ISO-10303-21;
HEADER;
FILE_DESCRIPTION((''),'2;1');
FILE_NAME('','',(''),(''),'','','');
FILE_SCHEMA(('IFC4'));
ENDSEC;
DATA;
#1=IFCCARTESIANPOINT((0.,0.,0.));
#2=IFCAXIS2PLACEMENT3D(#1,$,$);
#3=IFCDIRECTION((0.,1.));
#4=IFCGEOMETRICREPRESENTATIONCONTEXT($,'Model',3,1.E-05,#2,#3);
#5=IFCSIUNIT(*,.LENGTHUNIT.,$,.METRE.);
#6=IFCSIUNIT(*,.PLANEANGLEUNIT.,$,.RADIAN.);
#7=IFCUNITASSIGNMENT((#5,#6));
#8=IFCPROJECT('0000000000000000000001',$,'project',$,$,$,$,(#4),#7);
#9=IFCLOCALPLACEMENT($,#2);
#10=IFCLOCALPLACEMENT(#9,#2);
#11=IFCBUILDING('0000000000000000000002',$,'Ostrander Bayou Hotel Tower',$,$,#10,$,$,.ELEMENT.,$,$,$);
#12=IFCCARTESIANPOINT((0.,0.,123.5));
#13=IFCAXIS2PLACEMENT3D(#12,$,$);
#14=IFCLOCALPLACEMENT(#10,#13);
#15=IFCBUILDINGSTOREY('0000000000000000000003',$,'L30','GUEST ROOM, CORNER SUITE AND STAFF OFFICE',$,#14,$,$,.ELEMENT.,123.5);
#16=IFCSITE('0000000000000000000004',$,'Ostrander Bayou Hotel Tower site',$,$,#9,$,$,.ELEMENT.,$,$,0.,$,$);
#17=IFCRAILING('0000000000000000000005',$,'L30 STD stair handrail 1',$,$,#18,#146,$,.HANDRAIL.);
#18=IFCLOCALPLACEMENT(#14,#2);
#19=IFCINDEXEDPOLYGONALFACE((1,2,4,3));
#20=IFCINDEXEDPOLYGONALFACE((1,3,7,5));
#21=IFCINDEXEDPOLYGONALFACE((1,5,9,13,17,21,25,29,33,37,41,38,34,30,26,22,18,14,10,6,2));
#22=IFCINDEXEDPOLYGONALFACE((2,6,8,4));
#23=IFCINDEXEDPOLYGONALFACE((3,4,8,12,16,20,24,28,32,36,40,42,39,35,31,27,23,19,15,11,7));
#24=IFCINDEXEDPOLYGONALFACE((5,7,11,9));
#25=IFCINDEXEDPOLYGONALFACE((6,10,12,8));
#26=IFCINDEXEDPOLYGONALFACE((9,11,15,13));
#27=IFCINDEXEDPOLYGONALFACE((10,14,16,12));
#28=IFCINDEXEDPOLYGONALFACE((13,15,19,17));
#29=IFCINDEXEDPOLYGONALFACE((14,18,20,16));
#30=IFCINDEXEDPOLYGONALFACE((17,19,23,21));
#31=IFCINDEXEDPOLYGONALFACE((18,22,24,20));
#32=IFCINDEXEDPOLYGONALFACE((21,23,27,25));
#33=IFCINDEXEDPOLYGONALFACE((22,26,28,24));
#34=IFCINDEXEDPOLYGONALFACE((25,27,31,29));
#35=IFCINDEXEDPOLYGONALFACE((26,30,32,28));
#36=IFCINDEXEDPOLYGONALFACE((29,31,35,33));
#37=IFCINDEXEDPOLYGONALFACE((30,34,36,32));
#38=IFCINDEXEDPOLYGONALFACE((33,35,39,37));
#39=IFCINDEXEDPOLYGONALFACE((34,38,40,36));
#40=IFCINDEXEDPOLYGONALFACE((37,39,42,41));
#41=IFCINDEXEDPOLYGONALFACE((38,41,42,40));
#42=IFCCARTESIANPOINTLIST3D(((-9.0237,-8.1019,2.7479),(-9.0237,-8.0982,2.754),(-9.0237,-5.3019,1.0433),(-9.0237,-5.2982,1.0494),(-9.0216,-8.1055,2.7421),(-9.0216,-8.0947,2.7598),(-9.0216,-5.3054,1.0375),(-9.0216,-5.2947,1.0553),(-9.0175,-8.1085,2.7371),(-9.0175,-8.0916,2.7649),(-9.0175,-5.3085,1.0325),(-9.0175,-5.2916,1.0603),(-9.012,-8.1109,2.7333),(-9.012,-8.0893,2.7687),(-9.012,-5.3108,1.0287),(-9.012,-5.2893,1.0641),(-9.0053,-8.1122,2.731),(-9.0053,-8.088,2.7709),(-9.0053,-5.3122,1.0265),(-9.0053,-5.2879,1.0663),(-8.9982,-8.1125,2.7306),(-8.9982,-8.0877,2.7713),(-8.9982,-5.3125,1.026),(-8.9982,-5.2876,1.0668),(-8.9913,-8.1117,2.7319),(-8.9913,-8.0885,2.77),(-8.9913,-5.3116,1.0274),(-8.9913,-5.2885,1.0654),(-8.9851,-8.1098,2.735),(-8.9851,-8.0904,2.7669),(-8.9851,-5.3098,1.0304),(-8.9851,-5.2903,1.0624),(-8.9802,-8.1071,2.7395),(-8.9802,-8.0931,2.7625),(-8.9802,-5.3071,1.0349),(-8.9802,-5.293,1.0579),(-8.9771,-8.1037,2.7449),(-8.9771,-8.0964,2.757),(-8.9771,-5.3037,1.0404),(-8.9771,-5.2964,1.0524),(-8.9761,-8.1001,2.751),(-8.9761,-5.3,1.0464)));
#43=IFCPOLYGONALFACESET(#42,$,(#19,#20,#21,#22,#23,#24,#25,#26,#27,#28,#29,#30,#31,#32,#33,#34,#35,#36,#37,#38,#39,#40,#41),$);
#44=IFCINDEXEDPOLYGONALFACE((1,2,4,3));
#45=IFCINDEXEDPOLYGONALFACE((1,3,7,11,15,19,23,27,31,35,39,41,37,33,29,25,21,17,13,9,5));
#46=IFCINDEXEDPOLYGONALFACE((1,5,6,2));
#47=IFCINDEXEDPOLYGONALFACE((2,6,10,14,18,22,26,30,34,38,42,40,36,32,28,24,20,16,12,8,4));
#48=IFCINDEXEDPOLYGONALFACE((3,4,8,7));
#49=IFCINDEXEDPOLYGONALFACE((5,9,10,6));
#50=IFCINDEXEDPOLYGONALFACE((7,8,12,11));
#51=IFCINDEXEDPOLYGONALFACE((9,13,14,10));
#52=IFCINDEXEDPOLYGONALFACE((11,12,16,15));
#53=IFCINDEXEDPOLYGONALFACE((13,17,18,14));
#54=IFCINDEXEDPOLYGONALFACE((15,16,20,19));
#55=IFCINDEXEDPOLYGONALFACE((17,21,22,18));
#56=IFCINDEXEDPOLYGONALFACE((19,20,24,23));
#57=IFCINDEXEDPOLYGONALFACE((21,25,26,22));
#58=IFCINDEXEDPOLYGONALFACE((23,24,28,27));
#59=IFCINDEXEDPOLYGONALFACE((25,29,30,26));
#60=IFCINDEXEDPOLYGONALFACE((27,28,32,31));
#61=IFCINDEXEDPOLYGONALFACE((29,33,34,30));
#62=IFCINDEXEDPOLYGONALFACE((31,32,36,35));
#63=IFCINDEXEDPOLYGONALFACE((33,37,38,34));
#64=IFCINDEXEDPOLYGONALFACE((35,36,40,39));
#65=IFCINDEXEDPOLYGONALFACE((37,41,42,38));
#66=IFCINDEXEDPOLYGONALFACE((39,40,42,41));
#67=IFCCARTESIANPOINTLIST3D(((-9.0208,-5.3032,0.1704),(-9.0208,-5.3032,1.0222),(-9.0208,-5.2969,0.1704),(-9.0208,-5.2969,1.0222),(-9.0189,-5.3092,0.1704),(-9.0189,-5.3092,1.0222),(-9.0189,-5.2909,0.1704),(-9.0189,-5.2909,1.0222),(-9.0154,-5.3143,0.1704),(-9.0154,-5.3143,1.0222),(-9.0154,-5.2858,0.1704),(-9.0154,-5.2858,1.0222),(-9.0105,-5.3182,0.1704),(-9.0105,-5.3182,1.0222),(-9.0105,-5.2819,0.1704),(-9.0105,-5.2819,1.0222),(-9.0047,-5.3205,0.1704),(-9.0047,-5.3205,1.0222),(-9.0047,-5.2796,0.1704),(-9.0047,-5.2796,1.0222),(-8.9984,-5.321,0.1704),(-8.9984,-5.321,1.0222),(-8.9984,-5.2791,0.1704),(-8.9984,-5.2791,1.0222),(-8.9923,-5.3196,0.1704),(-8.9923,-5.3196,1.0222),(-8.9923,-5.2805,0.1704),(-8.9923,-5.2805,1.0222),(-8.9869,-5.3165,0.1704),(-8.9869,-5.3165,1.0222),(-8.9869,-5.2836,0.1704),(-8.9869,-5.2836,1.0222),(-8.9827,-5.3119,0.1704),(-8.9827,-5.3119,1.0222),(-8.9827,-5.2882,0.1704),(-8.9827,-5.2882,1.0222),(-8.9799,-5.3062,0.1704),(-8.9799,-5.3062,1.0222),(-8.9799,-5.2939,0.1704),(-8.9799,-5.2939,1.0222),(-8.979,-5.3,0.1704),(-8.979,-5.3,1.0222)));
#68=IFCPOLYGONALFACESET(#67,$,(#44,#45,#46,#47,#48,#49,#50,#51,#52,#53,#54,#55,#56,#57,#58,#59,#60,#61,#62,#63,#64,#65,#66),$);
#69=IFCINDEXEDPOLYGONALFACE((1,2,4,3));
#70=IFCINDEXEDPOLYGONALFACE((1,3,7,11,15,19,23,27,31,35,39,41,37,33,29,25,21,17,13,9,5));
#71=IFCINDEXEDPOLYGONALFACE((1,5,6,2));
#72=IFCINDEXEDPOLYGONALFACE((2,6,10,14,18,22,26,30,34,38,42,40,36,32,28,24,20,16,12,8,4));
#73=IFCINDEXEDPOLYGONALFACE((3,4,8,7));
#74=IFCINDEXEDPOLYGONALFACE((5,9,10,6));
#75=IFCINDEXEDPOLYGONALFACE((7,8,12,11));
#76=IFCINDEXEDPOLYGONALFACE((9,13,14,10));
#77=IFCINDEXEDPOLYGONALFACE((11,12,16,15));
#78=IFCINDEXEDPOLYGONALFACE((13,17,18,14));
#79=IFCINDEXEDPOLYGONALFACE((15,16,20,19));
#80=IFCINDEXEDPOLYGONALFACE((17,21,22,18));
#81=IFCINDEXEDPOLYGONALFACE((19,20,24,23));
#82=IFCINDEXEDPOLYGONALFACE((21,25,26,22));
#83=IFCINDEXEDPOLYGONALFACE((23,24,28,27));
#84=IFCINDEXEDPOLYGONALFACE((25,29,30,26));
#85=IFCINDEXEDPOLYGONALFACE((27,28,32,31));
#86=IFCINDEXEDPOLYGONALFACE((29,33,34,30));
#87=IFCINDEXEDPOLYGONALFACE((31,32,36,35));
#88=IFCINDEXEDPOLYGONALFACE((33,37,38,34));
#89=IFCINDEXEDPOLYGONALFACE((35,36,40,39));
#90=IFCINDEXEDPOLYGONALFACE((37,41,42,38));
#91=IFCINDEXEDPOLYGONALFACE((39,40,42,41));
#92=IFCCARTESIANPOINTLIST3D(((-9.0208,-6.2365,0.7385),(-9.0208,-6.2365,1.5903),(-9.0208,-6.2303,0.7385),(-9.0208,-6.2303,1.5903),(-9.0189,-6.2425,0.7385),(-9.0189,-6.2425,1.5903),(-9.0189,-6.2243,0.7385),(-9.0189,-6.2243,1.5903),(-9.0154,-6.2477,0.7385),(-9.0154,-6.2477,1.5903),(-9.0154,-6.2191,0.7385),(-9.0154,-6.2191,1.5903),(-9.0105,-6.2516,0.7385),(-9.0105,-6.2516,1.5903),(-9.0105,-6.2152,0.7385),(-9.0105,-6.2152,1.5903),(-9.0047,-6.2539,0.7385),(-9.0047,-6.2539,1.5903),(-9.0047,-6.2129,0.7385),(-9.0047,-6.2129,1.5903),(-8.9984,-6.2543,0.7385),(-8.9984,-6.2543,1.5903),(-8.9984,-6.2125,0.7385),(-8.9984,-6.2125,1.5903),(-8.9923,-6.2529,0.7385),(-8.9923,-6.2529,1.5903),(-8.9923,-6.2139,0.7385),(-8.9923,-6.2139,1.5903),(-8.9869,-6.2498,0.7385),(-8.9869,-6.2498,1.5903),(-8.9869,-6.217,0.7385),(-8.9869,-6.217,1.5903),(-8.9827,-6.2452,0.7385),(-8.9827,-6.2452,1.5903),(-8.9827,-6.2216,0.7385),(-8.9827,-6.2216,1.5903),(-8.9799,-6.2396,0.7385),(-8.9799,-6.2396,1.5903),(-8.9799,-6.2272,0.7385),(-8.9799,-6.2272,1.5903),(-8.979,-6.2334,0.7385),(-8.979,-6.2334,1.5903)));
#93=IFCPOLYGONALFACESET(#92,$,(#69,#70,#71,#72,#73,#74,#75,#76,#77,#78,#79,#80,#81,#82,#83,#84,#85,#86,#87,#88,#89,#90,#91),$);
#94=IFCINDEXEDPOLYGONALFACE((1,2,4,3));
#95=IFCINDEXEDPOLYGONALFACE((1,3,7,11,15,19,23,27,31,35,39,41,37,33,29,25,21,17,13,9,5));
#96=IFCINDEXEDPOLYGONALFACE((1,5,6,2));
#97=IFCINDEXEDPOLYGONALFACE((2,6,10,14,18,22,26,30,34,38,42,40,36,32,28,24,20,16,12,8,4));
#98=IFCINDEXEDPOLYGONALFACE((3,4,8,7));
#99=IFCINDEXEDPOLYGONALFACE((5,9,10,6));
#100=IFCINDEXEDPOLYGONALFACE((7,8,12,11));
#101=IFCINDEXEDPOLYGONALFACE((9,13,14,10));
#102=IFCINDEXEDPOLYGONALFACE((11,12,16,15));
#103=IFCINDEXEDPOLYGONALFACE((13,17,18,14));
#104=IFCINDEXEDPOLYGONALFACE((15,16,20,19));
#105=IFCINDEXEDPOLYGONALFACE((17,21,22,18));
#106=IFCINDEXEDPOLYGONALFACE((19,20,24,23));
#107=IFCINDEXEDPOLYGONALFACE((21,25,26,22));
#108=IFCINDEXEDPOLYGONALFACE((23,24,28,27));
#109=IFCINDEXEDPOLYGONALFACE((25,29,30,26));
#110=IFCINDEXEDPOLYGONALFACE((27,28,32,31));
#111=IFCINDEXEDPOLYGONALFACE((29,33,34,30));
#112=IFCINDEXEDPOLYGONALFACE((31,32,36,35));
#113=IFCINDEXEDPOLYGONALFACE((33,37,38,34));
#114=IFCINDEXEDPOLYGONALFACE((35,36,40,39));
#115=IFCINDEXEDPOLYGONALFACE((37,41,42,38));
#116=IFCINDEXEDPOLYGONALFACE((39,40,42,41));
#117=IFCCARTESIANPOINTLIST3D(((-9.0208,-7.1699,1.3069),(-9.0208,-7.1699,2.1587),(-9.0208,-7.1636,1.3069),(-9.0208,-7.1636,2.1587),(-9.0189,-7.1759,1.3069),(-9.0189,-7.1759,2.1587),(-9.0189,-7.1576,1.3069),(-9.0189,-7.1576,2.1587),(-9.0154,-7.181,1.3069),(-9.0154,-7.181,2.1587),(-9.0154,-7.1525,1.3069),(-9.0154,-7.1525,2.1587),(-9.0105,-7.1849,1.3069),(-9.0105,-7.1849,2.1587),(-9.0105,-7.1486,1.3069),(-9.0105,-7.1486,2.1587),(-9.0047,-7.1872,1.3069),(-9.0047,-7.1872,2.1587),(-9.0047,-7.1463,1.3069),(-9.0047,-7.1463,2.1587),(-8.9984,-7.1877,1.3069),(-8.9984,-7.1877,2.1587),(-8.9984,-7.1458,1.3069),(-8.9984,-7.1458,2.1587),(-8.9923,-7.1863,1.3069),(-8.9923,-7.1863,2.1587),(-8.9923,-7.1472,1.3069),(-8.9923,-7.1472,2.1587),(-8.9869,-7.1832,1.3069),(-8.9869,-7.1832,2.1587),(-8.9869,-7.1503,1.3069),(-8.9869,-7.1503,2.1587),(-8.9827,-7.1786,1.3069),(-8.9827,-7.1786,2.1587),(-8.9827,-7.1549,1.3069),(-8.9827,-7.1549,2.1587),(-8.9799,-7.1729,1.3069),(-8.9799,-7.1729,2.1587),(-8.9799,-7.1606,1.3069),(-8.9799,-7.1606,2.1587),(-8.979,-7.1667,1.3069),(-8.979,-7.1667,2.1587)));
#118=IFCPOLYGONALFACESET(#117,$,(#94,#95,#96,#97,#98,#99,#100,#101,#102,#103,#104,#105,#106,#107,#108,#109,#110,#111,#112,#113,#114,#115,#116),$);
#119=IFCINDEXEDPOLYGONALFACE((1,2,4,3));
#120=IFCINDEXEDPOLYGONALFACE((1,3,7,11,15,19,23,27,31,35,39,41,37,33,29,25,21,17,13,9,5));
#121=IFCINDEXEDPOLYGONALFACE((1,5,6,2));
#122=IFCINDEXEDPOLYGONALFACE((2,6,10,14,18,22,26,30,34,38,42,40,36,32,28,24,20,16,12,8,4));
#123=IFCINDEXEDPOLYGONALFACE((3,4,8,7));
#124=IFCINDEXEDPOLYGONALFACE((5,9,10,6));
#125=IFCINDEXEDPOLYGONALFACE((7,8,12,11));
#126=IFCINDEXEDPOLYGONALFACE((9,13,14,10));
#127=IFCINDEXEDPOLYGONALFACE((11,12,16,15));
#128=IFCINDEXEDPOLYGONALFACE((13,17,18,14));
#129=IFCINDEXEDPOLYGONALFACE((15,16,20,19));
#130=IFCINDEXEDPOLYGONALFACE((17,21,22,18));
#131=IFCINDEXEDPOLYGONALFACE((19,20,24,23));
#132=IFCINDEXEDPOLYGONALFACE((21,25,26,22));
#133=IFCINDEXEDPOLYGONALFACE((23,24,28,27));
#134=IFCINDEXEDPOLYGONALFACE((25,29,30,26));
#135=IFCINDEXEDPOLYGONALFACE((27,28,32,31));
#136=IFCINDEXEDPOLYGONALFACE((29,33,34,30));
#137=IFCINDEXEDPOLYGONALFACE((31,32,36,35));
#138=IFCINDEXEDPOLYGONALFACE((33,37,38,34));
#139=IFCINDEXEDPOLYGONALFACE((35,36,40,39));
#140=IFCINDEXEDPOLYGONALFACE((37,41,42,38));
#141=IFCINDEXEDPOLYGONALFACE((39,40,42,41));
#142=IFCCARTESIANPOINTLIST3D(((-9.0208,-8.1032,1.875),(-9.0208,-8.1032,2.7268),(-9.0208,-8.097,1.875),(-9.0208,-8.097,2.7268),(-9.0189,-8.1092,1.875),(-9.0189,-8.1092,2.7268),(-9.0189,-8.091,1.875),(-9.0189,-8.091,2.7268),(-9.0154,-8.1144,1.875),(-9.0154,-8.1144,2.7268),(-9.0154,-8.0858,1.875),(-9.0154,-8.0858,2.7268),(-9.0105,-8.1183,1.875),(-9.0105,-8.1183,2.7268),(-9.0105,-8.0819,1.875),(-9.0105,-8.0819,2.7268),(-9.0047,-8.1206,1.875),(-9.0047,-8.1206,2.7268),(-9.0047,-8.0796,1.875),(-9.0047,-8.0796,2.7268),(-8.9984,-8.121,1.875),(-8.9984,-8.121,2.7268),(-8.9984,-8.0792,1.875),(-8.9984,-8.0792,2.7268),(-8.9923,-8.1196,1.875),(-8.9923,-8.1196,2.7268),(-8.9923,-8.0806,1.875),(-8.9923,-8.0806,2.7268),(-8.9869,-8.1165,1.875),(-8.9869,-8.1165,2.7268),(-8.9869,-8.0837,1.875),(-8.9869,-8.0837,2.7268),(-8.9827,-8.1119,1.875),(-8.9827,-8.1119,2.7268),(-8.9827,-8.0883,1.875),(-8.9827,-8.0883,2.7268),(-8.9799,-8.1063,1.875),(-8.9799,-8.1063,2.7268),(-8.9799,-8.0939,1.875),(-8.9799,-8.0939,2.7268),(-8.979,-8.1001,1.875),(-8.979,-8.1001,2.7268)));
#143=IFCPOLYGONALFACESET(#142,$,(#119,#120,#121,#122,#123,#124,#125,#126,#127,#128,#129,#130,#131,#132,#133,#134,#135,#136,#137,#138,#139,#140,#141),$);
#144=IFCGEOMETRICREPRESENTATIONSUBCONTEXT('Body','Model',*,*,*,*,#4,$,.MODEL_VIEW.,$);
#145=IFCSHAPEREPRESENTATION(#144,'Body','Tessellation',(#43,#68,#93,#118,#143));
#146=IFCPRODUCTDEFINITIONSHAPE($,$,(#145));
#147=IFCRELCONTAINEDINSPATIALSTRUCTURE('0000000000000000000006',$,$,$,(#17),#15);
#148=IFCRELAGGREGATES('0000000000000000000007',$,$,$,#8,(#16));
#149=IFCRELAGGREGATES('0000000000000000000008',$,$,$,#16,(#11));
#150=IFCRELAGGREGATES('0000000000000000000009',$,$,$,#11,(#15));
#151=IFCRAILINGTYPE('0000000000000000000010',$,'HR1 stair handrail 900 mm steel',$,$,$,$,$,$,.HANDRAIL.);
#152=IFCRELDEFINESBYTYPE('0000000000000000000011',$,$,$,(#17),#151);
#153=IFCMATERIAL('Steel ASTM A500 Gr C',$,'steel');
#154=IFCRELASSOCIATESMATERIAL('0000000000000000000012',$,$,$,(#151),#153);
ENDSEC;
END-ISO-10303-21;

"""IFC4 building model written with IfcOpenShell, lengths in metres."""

from ifc_helpers import new_model, si_unit, direction, frame, origin, origin_2d, place, context, subcontext, project, spatial, circle, extrude, material, type_object, element, save


model = new_model("IFC4")

# Units and contexts
model_context = context("Model", 3, precision=1e-05, world=origin(), true_north=direction((0.0, 1.0)))
body_context = subcontext(model_context, "Body", "Model", "MODEL_VIEW")
ifc_project = project(units=[si_unit("LENGTHUNIT", "METRE"), si_unit("PLANEANGLEUNIT", "RADIAN")], contexts=[model_context])

# Site, building, storey
site_placement = place(None, origin())
site = spatial("IfcSite", under=ifc_project, at=site_placement, Name="Ostrander Bayou Hotel Tower site", CompositionType="ELEMENT", RefElevation=0.0)
building_placement = place(site_placement, origin())
building = spatial("IfcBuilding", under=site, at=building_placement, Name="Ostrander Bayou Hotel Tower", CompositionType="ELEMENT")
storey_placement = place(building_placement, frame((0.0, 0.0, 123.5)))
storey = spatial("IfcBuildingStorey", under=building, at=storey_placement, Name="L30", Description="GUEST ROOM, CORNER SUITE AND STAFF OFFICE", CompositionType="ELEMENT", Elevation=123.5)

# Railing
ifc_material_1 = material(Name="Steel ASTM A500 Gr C", Category="steel")
railing_type_1 = type_object("IfcRailingType", Name="HR1 stair handrail 900 mm steel", PredefinedType="HANDRAIL", material=ifc_material_1)
railing_1_placement = place(storey_placement, frame((-9.0, -5.3, 0.1704)))
element("IfcRailing", 1, at=railing_1_placement, inside=storey, type_object=railing_type_1, Name="L30 STD stair handrail 1", PredefinedType="HANDRAIL", context=body_context, shape_type="SweptSolid", body=[
    extrude(circle(Radius=0.0239, at=origin_2d()), frame((0.0, 0.0, 0.876), z_axis=(0.0, -0.85417, 0.519994), x_axis=(1.0, 0.0, 0.0)), (0.0, 0.0, 1.0), 3.2781),
    extrude(circle(Radius=0.021, at=origin_2d()), origin(), (0.0, 0.0, 1.0), 0.8518),
    extrude(circle(Radius=0.021, at=origin_2d()), frame((0.0, -0.9333, 0.5681)), (0.0, 0.0, 1.0), 0.8518),
    extrude(circle(Radius=0.021, at=origin_2d()), frame((0.0, -1.8667, 1.1365)), (0.0, 0.0, 1.0), 0.8518),
    extrude(circle(Radius=0.021, at=origin_2d()), frame((0.0, -2.8, 1.7046)), (0.0, 0.0, 1.0), 0.8518),
])

save(model, "model.ifc")
